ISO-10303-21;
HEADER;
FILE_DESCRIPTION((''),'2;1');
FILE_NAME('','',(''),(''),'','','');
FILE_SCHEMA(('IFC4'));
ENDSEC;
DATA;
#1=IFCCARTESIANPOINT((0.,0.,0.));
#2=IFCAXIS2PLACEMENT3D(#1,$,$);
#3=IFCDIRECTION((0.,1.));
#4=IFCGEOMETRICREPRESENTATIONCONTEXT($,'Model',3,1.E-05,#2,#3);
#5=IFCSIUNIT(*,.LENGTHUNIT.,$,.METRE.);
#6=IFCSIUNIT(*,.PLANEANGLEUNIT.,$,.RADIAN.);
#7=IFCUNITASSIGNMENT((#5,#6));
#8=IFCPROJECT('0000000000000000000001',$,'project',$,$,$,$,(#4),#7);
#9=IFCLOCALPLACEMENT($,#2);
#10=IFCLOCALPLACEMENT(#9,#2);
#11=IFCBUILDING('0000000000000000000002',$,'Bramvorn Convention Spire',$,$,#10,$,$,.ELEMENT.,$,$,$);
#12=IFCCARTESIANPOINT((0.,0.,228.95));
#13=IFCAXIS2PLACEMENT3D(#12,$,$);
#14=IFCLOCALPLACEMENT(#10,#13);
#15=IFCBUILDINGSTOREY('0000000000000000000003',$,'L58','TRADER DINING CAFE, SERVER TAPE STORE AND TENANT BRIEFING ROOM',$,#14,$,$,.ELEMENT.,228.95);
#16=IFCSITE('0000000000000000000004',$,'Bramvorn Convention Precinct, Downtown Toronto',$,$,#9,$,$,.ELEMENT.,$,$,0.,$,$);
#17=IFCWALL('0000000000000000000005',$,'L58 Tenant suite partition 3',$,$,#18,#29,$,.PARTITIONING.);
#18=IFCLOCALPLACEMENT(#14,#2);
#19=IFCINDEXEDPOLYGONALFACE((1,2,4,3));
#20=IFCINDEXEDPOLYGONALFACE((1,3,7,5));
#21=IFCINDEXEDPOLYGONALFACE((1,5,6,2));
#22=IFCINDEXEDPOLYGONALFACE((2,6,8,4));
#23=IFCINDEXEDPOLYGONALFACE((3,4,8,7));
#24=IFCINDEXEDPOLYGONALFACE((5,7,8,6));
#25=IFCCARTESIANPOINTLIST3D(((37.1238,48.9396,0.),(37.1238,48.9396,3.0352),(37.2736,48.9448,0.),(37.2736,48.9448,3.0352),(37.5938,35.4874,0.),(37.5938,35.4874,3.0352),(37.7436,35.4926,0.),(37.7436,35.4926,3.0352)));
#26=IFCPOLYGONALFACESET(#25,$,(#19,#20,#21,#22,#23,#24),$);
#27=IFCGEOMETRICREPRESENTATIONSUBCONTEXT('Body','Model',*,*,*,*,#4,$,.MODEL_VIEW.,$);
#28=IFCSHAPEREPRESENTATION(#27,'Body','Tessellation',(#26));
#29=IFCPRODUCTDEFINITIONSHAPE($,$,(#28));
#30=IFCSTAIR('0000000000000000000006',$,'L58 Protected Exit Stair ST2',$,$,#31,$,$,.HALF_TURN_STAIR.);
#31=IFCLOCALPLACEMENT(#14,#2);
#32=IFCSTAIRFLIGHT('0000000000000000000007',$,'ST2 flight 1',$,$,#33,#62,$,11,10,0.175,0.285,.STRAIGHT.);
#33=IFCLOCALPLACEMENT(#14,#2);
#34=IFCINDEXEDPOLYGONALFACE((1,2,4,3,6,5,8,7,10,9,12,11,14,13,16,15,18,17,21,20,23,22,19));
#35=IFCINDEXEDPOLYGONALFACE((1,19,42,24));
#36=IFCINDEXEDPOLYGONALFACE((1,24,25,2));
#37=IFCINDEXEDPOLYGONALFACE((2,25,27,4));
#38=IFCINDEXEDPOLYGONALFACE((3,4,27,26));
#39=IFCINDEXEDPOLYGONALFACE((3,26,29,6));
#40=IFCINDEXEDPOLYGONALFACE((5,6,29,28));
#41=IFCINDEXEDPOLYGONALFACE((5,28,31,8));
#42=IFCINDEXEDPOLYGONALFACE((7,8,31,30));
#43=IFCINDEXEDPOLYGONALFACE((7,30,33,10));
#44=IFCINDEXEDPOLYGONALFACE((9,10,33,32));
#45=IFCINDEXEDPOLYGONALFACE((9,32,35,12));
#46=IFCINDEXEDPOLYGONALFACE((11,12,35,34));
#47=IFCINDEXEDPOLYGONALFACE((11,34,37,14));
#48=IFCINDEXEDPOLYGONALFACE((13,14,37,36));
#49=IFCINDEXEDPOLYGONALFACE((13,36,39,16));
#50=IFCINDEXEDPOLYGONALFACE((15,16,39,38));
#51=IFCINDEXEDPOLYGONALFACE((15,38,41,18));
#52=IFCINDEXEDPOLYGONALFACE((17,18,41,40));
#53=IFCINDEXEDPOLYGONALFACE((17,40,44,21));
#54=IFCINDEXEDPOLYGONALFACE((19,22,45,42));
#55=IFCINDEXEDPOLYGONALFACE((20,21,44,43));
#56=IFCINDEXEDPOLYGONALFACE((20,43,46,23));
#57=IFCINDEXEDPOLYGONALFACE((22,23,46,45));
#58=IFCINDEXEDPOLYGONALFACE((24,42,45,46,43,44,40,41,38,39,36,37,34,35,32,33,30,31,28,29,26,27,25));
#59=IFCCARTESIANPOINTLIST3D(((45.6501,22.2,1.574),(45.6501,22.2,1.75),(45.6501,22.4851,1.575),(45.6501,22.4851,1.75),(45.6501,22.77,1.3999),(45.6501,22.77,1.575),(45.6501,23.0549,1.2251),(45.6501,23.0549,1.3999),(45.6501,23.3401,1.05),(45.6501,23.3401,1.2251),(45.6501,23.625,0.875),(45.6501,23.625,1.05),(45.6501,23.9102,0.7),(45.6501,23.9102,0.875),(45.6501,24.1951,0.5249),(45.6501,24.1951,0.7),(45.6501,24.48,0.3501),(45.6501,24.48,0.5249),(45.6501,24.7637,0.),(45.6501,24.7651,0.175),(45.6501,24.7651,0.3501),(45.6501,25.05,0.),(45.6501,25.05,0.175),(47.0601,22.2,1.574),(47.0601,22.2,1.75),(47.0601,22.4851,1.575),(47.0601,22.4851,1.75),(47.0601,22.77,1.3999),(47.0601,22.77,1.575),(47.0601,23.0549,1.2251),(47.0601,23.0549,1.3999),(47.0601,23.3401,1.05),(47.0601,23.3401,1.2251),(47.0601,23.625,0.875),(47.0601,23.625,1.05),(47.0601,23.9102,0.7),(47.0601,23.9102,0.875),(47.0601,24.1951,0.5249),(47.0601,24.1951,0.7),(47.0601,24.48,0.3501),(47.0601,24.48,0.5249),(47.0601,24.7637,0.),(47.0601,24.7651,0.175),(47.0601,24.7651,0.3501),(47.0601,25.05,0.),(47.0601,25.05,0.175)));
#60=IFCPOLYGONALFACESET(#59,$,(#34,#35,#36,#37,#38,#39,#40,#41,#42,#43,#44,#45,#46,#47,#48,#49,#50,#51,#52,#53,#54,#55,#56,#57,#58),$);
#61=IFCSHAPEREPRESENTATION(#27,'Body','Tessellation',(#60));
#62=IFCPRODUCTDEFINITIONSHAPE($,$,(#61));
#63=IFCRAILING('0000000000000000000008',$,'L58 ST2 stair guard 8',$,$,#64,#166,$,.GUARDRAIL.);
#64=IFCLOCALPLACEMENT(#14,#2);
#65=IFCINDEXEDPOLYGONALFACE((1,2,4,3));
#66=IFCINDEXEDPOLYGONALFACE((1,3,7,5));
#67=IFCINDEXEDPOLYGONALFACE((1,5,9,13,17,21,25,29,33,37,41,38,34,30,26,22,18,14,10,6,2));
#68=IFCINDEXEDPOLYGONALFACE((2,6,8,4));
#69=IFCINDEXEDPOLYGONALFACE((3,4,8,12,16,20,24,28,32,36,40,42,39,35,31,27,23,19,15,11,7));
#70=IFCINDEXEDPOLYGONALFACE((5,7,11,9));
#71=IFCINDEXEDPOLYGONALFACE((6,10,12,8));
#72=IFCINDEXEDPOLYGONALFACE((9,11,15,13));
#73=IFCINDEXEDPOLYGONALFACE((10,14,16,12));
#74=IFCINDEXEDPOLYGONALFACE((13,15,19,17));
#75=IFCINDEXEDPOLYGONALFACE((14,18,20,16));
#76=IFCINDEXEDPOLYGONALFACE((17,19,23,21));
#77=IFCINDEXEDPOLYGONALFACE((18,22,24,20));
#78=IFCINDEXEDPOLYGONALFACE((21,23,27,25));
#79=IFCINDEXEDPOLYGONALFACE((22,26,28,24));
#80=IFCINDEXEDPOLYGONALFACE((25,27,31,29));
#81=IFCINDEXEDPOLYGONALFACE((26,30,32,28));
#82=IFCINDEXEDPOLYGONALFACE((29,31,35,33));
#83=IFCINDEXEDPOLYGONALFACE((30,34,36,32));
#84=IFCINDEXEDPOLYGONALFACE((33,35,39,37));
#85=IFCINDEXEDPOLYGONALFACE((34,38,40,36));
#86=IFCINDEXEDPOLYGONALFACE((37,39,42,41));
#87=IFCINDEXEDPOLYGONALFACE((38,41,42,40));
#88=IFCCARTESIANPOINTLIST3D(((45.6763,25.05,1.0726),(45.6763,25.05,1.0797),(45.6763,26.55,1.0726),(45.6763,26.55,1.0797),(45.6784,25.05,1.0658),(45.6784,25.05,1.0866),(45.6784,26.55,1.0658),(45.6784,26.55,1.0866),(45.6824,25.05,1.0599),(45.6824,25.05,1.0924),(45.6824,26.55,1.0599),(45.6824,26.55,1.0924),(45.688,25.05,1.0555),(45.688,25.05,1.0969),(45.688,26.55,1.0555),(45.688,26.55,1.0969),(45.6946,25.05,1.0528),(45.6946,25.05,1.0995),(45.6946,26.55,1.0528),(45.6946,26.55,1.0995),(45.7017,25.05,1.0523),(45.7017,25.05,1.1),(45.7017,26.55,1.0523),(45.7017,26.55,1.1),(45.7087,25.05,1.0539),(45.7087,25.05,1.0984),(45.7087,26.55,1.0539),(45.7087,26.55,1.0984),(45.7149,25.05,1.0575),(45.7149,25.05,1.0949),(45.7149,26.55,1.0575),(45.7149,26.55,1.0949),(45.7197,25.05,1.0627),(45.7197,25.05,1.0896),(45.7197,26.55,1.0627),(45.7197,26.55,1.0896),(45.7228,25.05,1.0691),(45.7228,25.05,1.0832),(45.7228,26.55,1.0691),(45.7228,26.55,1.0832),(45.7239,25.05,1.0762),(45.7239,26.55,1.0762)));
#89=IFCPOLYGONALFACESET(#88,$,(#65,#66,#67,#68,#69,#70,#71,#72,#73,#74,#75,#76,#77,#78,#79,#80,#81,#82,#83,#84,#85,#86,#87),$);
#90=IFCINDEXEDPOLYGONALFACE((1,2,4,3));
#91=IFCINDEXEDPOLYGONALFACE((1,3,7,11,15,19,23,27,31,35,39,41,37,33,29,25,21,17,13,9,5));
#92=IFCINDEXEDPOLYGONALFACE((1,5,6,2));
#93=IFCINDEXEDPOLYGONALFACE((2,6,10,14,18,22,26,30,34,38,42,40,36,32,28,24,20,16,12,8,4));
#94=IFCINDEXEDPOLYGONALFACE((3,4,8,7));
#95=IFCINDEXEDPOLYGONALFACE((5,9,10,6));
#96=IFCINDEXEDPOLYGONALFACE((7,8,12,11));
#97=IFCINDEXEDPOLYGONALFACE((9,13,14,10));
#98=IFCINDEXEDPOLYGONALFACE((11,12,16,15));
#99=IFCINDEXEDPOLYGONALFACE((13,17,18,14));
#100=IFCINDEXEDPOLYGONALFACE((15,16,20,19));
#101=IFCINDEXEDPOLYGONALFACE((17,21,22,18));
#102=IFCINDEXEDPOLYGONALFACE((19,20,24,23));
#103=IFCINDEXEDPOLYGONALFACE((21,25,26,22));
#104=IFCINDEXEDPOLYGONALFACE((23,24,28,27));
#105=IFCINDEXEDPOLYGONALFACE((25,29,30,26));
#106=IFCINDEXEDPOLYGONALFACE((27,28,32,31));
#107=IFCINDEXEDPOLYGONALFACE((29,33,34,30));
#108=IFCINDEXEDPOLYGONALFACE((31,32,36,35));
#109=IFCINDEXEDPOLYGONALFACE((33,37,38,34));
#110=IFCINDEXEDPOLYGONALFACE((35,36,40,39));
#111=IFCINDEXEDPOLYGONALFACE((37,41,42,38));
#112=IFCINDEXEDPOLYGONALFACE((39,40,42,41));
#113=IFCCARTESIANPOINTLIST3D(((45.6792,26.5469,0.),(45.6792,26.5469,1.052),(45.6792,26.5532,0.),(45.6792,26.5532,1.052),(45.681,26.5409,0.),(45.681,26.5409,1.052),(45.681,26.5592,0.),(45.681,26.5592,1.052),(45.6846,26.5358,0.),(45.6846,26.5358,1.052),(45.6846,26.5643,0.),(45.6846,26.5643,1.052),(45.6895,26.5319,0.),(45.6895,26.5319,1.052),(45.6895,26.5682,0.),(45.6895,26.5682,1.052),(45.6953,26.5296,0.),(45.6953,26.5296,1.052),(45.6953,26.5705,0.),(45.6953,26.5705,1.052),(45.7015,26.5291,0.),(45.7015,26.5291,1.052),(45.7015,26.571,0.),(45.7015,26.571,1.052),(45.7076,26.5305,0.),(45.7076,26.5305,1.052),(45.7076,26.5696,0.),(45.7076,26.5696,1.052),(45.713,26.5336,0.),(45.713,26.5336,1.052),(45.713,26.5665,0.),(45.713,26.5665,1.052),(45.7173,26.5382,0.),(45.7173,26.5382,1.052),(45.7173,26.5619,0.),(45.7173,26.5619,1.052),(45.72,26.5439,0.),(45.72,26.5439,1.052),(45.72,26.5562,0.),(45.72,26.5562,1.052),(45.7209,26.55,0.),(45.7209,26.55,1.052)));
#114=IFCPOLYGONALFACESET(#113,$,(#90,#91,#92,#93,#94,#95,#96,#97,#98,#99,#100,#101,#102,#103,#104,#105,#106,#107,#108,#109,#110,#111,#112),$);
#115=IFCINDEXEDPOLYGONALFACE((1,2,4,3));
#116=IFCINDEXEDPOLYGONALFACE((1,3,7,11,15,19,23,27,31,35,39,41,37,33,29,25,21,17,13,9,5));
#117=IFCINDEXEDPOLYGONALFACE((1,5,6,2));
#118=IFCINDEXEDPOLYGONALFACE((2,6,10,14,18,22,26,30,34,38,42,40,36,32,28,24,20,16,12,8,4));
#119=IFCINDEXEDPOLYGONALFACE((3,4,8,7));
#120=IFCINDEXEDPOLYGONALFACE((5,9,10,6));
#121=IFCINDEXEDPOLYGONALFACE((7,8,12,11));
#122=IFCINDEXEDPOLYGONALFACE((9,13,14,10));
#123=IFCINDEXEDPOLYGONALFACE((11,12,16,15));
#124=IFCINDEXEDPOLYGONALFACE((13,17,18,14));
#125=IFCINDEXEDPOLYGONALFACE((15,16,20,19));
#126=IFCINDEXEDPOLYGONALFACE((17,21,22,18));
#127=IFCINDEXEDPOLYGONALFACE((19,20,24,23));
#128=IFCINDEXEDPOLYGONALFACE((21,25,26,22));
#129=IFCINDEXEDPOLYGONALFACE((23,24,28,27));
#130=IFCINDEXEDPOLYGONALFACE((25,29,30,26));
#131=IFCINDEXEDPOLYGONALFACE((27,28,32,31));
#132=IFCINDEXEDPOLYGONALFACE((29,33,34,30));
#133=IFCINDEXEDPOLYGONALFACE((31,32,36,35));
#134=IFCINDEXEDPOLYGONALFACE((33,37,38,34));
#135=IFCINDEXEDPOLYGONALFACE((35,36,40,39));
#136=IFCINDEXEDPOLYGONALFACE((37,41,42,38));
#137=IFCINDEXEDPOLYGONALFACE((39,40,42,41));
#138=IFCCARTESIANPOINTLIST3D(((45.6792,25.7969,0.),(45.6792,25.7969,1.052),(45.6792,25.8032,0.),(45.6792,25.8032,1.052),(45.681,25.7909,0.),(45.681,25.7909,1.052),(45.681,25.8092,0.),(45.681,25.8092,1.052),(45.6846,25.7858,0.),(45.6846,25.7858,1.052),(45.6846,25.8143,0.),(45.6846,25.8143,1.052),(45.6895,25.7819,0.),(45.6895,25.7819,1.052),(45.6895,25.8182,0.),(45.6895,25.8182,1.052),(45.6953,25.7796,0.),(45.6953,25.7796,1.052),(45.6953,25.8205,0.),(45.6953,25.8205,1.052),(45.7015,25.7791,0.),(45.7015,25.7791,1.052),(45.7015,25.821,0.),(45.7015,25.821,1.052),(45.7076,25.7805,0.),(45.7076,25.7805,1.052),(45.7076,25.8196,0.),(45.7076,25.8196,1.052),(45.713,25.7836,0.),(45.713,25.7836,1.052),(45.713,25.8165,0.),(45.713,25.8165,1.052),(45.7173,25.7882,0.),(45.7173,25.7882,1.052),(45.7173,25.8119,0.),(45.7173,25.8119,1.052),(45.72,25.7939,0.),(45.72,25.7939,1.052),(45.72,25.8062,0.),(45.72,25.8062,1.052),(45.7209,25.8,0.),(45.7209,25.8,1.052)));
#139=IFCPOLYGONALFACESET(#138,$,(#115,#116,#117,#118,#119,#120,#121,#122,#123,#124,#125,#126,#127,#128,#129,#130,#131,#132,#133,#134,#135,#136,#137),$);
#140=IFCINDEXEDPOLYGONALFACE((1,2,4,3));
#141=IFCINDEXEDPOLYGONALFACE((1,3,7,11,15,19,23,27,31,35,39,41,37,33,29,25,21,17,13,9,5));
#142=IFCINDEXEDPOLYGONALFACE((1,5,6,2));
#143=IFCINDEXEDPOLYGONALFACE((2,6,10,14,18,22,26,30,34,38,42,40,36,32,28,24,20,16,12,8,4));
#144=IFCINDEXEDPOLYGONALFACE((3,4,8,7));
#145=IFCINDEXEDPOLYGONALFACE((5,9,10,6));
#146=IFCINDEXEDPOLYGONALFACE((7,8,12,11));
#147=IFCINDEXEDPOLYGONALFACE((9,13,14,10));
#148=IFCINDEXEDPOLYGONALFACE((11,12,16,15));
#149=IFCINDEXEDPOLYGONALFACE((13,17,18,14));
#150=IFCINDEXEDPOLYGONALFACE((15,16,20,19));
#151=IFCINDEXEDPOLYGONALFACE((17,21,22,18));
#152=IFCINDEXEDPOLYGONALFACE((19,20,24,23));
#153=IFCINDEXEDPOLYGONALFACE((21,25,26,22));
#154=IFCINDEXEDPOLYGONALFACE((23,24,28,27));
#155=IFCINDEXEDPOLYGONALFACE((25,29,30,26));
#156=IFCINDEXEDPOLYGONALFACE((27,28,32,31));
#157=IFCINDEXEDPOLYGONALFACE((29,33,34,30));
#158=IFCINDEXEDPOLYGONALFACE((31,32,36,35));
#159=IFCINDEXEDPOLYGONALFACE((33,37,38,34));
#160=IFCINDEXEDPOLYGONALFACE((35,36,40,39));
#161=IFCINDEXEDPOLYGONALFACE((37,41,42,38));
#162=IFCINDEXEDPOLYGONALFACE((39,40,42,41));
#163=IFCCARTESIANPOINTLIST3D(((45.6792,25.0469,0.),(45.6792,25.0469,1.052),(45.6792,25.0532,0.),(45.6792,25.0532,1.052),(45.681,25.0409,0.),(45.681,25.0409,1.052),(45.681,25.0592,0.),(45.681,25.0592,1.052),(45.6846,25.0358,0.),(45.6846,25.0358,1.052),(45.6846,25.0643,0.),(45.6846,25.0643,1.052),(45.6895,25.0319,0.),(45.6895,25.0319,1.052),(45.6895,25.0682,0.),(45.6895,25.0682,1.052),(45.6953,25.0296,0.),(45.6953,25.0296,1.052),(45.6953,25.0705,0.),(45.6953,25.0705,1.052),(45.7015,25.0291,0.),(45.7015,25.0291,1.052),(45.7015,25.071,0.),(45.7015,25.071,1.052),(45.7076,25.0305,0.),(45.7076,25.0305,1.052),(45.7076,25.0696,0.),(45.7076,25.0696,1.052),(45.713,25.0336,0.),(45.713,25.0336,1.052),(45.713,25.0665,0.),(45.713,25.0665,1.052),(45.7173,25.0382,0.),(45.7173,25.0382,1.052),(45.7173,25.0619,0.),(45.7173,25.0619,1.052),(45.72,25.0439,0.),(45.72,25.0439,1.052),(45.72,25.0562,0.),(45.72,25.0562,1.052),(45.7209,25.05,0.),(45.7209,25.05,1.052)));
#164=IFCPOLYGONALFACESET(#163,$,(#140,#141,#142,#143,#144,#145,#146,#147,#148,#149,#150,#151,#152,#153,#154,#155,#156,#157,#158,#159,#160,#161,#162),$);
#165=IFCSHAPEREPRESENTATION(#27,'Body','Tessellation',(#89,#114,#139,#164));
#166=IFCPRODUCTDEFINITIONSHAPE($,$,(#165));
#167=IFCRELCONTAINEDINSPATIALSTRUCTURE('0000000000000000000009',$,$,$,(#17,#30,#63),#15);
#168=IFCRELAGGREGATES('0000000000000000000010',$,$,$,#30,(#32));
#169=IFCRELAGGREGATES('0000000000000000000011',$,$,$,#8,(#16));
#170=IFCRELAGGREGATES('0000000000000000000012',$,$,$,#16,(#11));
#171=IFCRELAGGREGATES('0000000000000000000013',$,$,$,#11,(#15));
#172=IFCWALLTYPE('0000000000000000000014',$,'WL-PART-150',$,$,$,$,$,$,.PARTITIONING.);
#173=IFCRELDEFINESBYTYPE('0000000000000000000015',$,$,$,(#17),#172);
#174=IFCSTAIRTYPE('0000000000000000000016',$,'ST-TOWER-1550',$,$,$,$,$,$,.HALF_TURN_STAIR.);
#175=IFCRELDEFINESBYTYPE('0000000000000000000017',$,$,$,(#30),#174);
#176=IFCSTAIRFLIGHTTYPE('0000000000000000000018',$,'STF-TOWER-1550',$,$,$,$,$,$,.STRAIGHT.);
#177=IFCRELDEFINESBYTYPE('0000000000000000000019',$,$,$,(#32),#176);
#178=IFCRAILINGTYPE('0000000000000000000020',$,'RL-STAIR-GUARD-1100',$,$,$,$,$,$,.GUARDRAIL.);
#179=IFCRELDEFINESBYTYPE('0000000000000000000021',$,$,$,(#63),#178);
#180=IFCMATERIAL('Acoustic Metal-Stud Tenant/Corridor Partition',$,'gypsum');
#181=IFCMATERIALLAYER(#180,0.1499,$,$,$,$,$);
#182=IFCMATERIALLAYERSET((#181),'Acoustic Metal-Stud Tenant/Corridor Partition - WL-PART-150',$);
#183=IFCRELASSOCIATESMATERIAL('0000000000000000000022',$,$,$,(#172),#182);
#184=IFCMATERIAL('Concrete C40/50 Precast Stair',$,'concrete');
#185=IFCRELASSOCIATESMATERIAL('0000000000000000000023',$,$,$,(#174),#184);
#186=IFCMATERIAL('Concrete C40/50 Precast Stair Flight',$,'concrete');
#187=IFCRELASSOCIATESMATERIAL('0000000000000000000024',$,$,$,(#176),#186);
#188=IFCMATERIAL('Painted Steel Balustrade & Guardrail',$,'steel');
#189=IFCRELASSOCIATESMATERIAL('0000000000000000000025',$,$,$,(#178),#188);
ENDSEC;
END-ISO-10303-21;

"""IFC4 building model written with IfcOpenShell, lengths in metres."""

from ifc_helpers import new_model, si_unit, direction, frame, frame_2d, origin, origin_2d, place, context, subcontext, project, spatial, polyline, rectangle, circle, outline, extrude, material, layer, layer_set, type_object, element, aggregate, save


model = new_model("IFC4")

# Units and contexts
model_context = context("Model", 3, precision=1e-05, world=origin(), true_north=direction((0.0, 1.0)))
body_context = subcontext(model_context, "Body", "Model", "MODEL_VIEW")
ifc_project = project(units=[si_unit("LENGTHUNIT", "METRE"), si_unit("PLANEANGLEUNIT", "RADIAN")], contexts=[model_context])

# Site, building, storey
site_placement = place(None, origin())
site = spatial("IfcSite", under=ifc_project, at=site_placement, Name="Bramvorn Convention Precinct, Downtown Toronto", CompositionType="ELEMENT", RefElevation=0.0)
building_placement = place(site_placement, origin())
building = spatial("IfcBuilding", under=site, at=building_placement, Name="Bramvorn Convention Spire", CompositionType="ELEMENT")
storey_placement = place(building_placement, frame((0.0, 0.0, 228.95)))
storey = spatial("IfcBuildingStorey", under=building, at=storey_placement, Name="L58", Description="TRADER DINING CAFE, SERVER TAPE STORE AND TENANT BRIEFING ROOM", CompositionType="ELEMENT", Elevation=228.95)

# Shared definitions
ifc_material_1 = material(Name="Acoustic Metal-Stud Tenant/Corridor Partition", Category="gypsum")
ifc_layer_1 = layer(ifc_material_1, 0.1499)
ifc_layer_set_1 = layer_set([ifc_layer_1], Name="Acoustic Metal-Stud Tenant/Corridor Partition - WL-PART-150")
wall_type_1 = type_object("IfcWallType", Name="WL-PART-150", PredefinedType="PARTITIONING", material=ifc_layer_set_1)

# Wall
wall_1_placement = place(storey_placement, frame((37.6687, 35.49, 0.0), z_axis=(0.0, 0.0, 1.0), x_axis=(-0.034915, 0.99939, 0.0)))
element("IfcWall", 1, at=wall_1_placement, inside=storey, type_object=wall_type_1, Name="L58 Tenant suite partition 3", PredefinedType="PARTITIONING", context=body_context, shape_type="SweptSolid", body=[
    extrude(rectangle(XDim=13.4604, YDim=0.1499, at=frame_2d((6.7302, 0.0))), origin(), (0.0, 0.0, 1.0), 3.0352),
])

# Stair, stair flight
ifc_material_2 = material(Name="Concrete C40/50 Precast Stair", Category="concrete")
stair_type = type_object("IfcStairType", Name="ST-TOWER-1550", PredefinedType="HALF_TURN_STAIR", material=ifc_material_2)
stair_placement = place(storey_placement, origin())
stair = element("IfcStair", 2, at=stair_placement, inside=storey, type_object=stair_type, Name="L58 Protected Exit Stair ST2", PredefinedType="HALF_TURN_STAIR")
ifc_material_3 = material(Name="Concrete C40/50 Precast Stair Flight", Category="concrete")
stair_flight_type = type_object("IfcStairFlightType", Name="STF-TOWER-1550", PredefinedType="STRAIGHT", material=ifc_material_3)
stair_flight_placement = place(storey_placement, frame((46.355, 25.05, 0.0), z_axis=(0.0, 0.0, 1.0), x_axis=(0.0, -1.0, 0.0)))
stair_flight = element("IfcStairFlight", 3, at=stair_flight_placement, type_object=stair_flight_type, Name="ST2 flight 1", NumberOfRisers=11, NumberOfTreads=10, PredefinedType="STRAIGHT", RiserHeight=0.175, TreadLength=0.285, context=body_context, shape_type="SweptSolid", body=[
    extrude(outline(polyline([(0.0, 0.0), (0.0, 0.175), (0.2849, 0.175), (0.2849, 0.3501), (0.5701, 0.3501), (0.5701, 0.5249), (0.855, 0.5249), (0.855, 0.7), (1.1399, 0.7), (1.1399, 0.875), (1.425, 0.875), (1.425, 1.05), (1.71, 1.05), (1.71, 1.2251), (1.9951, 1.2251), (1.9951, 1.3999), (2.28, 1.3999), (2.28, 1.575), (2.5649, 1.575), (2.5649, 1.75), (2.8501, 1.75), (2.8501, 1.925), (2.8501, 1.574), (0.2864, 0.0), (0.0, 0.0)])), frame((0.0, 0.7051, 0.0), z_axis=(0.0, -1.0, 0.0), x_axis=(1.0, 0.0, 0.0)), (0.0, 0.0, 1.0), 1.4099),
])
aggregate(stair, [stair_flight])

# Railing
ifc_material_4 = material(Name="Painted Steel Balustrade & Guardrail", Category="steel")
railing_type_1 = type_object("IfcRailingType", Name="RL-STAIR-GUARD-1100", PredefinedType="GUARDRAIL", material=ifc_material_4)
railing_1_placement = place(storey_placement, frame((45.7, 26.55, 0.0)))
element("IfcRailing", 4, at=railing_1_placement, inside=storey, type_object=railing_type_1, Name="L58 ST2 stair guard 8", PredefinedType="GUARDRAIL", context=body_context, shape_type="SweptSolid", body=[
    extrude(circle(Radius=0.0239, at=origin_2d()), frame((0.0, 0.0, 1.0762), z_axis=(0.0, -1.0, 0.0), x_axis=(1.0, 0.0, 0.0)), (0.0, 0.0, 1.0), 1.5),
    extrude(circle(Radius=0.021, at=origin_2d()), origin(), (0.0, 0.0, 1.0), 1.052),
    extrude(circle(Radius=0.021, at=origin_2d()), frame((0.0, -0.75, 0.0)), (0.0, 0.0, 1.0), 1.052),
    extrude(circle(Radius=0.021, at=origin_2d()), frame((0.0, -1.5, 0.0)), (0.0, 0.0, 1.0), 1.052),
])

save(model, "model.ifc")
